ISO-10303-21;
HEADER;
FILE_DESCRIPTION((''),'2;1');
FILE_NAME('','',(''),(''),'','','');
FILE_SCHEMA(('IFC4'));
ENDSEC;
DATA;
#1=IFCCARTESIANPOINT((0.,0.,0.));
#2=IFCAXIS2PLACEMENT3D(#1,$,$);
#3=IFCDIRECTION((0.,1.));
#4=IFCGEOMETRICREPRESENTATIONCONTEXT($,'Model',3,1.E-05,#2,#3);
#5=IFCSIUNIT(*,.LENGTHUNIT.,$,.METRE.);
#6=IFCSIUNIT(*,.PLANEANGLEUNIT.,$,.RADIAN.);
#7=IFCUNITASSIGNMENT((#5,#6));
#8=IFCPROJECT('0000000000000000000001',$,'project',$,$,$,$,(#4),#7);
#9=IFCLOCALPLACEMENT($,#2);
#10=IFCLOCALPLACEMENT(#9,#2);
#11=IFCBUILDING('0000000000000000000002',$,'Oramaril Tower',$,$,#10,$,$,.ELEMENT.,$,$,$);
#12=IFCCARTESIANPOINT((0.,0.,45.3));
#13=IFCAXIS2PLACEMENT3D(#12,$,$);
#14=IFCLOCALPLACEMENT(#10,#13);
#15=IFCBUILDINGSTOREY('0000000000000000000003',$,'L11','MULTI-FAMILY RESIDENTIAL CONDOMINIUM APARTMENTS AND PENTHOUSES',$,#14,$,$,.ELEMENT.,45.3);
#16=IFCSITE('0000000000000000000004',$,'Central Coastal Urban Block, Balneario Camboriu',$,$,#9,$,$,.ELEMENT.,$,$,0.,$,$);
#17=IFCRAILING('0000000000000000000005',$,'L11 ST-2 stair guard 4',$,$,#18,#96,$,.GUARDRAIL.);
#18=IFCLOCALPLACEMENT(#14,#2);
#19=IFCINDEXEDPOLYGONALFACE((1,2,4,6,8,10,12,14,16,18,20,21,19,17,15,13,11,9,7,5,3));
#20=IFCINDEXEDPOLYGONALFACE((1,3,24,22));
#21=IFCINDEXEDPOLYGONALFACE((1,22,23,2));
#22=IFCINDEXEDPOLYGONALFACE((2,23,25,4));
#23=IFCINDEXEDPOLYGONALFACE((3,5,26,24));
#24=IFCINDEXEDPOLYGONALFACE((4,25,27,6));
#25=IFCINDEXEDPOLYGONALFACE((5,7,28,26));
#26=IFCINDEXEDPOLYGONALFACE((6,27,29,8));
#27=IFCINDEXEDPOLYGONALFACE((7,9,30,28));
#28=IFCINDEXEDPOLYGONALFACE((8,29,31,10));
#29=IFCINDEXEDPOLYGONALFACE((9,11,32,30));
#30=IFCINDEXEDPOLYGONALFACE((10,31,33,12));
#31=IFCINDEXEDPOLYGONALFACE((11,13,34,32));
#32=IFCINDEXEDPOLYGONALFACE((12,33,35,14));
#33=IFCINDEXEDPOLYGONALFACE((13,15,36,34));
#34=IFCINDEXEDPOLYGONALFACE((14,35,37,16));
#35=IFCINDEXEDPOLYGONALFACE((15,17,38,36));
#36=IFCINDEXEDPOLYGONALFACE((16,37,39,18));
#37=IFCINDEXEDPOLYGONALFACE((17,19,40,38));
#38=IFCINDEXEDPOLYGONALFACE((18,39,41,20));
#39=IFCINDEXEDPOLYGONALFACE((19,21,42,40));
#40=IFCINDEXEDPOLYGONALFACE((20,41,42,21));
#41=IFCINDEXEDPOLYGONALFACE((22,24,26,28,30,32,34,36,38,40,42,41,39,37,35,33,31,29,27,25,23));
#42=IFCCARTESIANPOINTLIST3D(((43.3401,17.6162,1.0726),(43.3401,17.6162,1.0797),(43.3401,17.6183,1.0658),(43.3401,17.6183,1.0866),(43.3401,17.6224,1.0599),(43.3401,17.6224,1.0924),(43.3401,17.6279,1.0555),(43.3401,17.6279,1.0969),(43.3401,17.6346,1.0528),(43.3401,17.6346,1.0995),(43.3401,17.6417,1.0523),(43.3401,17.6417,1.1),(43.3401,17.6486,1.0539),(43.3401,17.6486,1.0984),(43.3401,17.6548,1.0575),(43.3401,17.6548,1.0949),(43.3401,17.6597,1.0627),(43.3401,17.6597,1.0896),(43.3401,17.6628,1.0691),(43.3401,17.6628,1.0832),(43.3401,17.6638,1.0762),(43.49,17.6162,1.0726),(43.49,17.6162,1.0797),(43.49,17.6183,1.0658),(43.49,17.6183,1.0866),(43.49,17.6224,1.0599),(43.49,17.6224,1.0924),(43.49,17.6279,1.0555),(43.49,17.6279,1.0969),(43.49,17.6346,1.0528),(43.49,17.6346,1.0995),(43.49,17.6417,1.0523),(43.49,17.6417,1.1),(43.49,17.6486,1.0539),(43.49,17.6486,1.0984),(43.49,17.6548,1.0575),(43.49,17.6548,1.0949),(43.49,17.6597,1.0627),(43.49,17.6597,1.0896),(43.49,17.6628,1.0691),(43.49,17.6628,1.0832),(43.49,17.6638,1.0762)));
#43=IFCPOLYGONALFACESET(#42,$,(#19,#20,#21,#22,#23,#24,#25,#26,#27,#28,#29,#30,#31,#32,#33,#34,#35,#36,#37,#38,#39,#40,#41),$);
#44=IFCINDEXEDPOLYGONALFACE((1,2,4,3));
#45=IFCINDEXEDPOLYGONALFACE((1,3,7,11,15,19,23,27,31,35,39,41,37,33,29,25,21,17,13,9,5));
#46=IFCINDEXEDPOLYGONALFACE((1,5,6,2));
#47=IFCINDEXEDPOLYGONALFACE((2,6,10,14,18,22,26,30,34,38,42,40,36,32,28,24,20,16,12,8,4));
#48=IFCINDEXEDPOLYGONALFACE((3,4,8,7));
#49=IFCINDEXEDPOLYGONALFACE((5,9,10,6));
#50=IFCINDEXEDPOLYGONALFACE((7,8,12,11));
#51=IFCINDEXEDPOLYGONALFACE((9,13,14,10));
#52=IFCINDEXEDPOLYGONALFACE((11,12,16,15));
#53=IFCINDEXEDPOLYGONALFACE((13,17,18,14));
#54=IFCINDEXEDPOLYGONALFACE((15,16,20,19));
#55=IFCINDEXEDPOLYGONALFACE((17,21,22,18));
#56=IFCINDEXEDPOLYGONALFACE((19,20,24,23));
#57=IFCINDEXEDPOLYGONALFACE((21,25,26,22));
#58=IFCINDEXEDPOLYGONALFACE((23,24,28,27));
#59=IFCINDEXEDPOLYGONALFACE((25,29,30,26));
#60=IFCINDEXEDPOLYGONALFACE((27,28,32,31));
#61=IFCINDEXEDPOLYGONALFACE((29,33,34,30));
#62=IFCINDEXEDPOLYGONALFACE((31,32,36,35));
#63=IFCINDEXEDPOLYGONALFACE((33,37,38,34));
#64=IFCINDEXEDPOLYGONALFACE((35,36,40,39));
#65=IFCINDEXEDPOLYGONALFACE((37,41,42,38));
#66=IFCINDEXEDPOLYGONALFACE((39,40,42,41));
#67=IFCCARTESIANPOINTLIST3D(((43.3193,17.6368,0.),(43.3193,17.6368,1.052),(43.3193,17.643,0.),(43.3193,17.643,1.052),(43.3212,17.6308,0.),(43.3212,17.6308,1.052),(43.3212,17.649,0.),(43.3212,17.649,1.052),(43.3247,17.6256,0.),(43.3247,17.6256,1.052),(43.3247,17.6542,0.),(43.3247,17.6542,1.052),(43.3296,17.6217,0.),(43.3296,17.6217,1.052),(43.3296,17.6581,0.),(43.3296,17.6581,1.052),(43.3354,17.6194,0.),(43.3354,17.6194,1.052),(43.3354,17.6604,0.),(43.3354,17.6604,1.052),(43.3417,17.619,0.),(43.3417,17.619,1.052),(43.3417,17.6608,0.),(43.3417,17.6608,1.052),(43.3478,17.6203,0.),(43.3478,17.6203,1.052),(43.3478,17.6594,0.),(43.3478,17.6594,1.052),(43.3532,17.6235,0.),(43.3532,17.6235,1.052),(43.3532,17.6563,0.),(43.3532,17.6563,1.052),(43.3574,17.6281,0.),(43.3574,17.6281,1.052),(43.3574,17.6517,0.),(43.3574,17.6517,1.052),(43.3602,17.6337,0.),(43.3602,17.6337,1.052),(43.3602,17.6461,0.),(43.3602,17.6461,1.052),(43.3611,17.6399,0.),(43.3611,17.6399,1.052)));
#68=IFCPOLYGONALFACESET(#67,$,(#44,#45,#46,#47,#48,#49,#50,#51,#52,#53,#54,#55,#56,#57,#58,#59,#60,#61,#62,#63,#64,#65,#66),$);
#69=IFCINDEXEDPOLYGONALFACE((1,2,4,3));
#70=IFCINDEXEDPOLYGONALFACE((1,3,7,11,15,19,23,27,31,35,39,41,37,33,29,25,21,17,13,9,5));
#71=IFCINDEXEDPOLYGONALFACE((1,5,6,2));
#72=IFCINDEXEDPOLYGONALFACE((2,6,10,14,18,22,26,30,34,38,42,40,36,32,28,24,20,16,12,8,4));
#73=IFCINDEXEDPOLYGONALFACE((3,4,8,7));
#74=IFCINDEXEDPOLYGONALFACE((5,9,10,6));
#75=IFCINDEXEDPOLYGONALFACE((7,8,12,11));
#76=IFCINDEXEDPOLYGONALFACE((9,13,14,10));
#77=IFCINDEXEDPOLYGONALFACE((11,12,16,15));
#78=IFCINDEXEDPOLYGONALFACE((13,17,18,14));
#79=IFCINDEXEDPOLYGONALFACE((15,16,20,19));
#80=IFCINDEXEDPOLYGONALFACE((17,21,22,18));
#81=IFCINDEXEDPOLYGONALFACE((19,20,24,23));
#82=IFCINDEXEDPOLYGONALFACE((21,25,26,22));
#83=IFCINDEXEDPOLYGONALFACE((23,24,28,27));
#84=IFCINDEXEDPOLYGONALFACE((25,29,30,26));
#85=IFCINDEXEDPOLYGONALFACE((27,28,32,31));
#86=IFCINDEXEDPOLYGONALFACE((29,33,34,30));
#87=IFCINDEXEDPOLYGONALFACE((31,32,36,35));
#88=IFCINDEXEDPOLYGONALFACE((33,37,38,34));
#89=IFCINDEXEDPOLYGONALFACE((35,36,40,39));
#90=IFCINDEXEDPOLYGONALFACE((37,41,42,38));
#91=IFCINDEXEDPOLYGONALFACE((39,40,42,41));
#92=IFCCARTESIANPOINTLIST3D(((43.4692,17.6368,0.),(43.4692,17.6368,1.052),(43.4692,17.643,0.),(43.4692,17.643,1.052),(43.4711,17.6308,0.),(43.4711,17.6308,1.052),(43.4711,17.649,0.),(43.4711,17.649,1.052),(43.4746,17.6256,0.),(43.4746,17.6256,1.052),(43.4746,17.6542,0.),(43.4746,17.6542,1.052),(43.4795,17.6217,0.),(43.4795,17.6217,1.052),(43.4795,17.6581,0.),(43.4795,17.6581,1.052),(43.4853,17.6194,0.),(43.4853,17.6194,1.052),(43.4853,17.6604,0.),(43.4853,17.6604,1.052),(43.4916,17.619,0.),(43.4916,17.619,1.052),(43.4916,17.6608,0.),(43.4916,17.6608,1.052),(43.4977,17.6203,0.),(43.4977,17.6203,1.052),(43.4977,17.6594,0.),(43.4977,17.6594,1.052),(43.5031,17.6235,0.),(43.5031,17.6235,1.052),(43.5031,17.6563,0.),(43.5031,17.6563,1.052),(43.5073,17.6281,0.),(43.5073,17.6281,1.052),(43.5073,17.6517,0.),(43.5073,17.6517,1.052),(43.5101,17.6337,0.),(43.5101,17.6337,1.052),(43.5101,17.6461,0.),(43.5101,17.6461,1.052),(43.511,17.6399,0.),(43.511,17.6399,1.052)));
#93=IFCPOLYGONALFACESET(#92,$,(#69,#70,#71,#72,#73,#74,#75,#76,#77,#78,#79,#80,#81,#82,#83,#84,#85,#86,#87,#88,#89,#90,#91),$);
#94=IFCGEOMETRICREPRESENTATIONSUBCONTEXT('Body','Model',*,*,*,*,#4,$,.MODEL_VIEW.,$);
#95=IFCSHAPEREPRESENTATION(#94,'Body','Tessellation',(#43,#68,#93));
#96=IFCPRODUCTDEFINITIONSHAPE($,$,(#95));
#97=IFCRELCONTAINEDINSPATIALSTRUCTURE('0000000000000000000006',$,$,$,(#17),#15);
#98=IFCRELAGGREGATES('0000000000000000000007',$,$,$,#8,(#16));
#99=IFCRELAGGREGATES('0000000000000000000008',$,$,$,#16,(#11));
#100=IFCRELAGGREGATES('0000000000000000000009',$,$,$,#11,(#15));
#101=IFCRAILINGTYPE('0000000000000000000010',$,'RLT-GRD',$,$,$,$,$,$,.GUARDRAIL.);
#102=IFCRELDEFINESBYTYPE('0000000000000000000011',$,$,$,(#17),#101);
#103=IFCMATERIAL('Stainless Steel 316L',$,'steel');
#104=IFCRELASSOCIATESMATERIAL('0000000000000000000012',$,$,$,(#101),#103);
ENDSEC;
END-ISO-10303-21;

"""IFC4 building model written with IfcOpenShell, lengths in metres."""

from ifc_helpers import new_model, si_unit, direction, frame, origin, origin_2d, place, context, subcontext, project, spatial, circle, extrude, material, type_object, element, save


model = new_model("IFC4")

# Units and contexts
model_context = context("Model", 3, precision=1e-05, world=origin(), true_north=direction((0.0, 1.0)))
body_context = subcontext(model_context, "Body", "Model", "MODEL_VIEW")
ifc_project = project(units=[si_unit("LENGTHUNIT", "METRE"), si_unit("PLANEANGLEUNIT", "RADIAN")], contexts=[model_context])

# Site, building, storey
site_placement = place(None, origin())
site = spatial("IfcSite", under=ifc_project, at=site_placement, Name="Central Coastal Urban Block, Balneario Camboriu", CompositionType="ELEMENT", RefElevation=0.0)
building_placement = place(site_placement, origin())
building = spatial("IfcBuilding", under=site, at=building_placement, Name="Oramaril Tower", CompositionType="ELEMENT")
storey_placement = place(building_placement, frame((0.0, 0.0, 45.3)))
storey = spatial("IfcBuildingStorey", under=building, at=storey_placement, Name="L11", Description="MULTI-FAMILY RESIDENTIAL CONDOMINIUM APARTMENTS AND PENTHOUSES", CompositionType="ELEMENT", Elevation=45.3)

# Railing
ifc_material_1 = material(Name="Stainless Steel 316L", Category="steel")
railing_type_1 = type_object("IfcRailingType", Name="RLT-GRD", PredefinedType="GUARDRAIL", material=ifc_material_1)
railing_1_placement = place(storey_placement, frame((43.3401, 17.6399, 0.0)))
element("IfcRailing", 1, at=railing_1_placement, inside=storey, type_object=railing_type_1, Name="L11 ST-2 stair guard 4", PredefinedType="GUARDRAIL", context=body_context, shape_type="SweptSolid", body=[
    extrude(circle(Radius=0.0239, at=origin_2d()), frame((0.0, 0.0, 1.0762), z_axis=(1.0, 0.0, 0.0), x_axis=(0.0, 1.0, 0.0)), (0.0, 0.0, 1.0), 0.1499),
    extrude(circle(Radius=0.021, at=origin_2d()), origin(), (0.0, 0.0, 1.0), 1.052),
    extrude(circle(Radius=0.021, at=origin_2d()), frame((0.1499, 0.0, 0.0)), (0.0, 0.0, 1.0), 1.052),
])

save(model, "model.ifc")
